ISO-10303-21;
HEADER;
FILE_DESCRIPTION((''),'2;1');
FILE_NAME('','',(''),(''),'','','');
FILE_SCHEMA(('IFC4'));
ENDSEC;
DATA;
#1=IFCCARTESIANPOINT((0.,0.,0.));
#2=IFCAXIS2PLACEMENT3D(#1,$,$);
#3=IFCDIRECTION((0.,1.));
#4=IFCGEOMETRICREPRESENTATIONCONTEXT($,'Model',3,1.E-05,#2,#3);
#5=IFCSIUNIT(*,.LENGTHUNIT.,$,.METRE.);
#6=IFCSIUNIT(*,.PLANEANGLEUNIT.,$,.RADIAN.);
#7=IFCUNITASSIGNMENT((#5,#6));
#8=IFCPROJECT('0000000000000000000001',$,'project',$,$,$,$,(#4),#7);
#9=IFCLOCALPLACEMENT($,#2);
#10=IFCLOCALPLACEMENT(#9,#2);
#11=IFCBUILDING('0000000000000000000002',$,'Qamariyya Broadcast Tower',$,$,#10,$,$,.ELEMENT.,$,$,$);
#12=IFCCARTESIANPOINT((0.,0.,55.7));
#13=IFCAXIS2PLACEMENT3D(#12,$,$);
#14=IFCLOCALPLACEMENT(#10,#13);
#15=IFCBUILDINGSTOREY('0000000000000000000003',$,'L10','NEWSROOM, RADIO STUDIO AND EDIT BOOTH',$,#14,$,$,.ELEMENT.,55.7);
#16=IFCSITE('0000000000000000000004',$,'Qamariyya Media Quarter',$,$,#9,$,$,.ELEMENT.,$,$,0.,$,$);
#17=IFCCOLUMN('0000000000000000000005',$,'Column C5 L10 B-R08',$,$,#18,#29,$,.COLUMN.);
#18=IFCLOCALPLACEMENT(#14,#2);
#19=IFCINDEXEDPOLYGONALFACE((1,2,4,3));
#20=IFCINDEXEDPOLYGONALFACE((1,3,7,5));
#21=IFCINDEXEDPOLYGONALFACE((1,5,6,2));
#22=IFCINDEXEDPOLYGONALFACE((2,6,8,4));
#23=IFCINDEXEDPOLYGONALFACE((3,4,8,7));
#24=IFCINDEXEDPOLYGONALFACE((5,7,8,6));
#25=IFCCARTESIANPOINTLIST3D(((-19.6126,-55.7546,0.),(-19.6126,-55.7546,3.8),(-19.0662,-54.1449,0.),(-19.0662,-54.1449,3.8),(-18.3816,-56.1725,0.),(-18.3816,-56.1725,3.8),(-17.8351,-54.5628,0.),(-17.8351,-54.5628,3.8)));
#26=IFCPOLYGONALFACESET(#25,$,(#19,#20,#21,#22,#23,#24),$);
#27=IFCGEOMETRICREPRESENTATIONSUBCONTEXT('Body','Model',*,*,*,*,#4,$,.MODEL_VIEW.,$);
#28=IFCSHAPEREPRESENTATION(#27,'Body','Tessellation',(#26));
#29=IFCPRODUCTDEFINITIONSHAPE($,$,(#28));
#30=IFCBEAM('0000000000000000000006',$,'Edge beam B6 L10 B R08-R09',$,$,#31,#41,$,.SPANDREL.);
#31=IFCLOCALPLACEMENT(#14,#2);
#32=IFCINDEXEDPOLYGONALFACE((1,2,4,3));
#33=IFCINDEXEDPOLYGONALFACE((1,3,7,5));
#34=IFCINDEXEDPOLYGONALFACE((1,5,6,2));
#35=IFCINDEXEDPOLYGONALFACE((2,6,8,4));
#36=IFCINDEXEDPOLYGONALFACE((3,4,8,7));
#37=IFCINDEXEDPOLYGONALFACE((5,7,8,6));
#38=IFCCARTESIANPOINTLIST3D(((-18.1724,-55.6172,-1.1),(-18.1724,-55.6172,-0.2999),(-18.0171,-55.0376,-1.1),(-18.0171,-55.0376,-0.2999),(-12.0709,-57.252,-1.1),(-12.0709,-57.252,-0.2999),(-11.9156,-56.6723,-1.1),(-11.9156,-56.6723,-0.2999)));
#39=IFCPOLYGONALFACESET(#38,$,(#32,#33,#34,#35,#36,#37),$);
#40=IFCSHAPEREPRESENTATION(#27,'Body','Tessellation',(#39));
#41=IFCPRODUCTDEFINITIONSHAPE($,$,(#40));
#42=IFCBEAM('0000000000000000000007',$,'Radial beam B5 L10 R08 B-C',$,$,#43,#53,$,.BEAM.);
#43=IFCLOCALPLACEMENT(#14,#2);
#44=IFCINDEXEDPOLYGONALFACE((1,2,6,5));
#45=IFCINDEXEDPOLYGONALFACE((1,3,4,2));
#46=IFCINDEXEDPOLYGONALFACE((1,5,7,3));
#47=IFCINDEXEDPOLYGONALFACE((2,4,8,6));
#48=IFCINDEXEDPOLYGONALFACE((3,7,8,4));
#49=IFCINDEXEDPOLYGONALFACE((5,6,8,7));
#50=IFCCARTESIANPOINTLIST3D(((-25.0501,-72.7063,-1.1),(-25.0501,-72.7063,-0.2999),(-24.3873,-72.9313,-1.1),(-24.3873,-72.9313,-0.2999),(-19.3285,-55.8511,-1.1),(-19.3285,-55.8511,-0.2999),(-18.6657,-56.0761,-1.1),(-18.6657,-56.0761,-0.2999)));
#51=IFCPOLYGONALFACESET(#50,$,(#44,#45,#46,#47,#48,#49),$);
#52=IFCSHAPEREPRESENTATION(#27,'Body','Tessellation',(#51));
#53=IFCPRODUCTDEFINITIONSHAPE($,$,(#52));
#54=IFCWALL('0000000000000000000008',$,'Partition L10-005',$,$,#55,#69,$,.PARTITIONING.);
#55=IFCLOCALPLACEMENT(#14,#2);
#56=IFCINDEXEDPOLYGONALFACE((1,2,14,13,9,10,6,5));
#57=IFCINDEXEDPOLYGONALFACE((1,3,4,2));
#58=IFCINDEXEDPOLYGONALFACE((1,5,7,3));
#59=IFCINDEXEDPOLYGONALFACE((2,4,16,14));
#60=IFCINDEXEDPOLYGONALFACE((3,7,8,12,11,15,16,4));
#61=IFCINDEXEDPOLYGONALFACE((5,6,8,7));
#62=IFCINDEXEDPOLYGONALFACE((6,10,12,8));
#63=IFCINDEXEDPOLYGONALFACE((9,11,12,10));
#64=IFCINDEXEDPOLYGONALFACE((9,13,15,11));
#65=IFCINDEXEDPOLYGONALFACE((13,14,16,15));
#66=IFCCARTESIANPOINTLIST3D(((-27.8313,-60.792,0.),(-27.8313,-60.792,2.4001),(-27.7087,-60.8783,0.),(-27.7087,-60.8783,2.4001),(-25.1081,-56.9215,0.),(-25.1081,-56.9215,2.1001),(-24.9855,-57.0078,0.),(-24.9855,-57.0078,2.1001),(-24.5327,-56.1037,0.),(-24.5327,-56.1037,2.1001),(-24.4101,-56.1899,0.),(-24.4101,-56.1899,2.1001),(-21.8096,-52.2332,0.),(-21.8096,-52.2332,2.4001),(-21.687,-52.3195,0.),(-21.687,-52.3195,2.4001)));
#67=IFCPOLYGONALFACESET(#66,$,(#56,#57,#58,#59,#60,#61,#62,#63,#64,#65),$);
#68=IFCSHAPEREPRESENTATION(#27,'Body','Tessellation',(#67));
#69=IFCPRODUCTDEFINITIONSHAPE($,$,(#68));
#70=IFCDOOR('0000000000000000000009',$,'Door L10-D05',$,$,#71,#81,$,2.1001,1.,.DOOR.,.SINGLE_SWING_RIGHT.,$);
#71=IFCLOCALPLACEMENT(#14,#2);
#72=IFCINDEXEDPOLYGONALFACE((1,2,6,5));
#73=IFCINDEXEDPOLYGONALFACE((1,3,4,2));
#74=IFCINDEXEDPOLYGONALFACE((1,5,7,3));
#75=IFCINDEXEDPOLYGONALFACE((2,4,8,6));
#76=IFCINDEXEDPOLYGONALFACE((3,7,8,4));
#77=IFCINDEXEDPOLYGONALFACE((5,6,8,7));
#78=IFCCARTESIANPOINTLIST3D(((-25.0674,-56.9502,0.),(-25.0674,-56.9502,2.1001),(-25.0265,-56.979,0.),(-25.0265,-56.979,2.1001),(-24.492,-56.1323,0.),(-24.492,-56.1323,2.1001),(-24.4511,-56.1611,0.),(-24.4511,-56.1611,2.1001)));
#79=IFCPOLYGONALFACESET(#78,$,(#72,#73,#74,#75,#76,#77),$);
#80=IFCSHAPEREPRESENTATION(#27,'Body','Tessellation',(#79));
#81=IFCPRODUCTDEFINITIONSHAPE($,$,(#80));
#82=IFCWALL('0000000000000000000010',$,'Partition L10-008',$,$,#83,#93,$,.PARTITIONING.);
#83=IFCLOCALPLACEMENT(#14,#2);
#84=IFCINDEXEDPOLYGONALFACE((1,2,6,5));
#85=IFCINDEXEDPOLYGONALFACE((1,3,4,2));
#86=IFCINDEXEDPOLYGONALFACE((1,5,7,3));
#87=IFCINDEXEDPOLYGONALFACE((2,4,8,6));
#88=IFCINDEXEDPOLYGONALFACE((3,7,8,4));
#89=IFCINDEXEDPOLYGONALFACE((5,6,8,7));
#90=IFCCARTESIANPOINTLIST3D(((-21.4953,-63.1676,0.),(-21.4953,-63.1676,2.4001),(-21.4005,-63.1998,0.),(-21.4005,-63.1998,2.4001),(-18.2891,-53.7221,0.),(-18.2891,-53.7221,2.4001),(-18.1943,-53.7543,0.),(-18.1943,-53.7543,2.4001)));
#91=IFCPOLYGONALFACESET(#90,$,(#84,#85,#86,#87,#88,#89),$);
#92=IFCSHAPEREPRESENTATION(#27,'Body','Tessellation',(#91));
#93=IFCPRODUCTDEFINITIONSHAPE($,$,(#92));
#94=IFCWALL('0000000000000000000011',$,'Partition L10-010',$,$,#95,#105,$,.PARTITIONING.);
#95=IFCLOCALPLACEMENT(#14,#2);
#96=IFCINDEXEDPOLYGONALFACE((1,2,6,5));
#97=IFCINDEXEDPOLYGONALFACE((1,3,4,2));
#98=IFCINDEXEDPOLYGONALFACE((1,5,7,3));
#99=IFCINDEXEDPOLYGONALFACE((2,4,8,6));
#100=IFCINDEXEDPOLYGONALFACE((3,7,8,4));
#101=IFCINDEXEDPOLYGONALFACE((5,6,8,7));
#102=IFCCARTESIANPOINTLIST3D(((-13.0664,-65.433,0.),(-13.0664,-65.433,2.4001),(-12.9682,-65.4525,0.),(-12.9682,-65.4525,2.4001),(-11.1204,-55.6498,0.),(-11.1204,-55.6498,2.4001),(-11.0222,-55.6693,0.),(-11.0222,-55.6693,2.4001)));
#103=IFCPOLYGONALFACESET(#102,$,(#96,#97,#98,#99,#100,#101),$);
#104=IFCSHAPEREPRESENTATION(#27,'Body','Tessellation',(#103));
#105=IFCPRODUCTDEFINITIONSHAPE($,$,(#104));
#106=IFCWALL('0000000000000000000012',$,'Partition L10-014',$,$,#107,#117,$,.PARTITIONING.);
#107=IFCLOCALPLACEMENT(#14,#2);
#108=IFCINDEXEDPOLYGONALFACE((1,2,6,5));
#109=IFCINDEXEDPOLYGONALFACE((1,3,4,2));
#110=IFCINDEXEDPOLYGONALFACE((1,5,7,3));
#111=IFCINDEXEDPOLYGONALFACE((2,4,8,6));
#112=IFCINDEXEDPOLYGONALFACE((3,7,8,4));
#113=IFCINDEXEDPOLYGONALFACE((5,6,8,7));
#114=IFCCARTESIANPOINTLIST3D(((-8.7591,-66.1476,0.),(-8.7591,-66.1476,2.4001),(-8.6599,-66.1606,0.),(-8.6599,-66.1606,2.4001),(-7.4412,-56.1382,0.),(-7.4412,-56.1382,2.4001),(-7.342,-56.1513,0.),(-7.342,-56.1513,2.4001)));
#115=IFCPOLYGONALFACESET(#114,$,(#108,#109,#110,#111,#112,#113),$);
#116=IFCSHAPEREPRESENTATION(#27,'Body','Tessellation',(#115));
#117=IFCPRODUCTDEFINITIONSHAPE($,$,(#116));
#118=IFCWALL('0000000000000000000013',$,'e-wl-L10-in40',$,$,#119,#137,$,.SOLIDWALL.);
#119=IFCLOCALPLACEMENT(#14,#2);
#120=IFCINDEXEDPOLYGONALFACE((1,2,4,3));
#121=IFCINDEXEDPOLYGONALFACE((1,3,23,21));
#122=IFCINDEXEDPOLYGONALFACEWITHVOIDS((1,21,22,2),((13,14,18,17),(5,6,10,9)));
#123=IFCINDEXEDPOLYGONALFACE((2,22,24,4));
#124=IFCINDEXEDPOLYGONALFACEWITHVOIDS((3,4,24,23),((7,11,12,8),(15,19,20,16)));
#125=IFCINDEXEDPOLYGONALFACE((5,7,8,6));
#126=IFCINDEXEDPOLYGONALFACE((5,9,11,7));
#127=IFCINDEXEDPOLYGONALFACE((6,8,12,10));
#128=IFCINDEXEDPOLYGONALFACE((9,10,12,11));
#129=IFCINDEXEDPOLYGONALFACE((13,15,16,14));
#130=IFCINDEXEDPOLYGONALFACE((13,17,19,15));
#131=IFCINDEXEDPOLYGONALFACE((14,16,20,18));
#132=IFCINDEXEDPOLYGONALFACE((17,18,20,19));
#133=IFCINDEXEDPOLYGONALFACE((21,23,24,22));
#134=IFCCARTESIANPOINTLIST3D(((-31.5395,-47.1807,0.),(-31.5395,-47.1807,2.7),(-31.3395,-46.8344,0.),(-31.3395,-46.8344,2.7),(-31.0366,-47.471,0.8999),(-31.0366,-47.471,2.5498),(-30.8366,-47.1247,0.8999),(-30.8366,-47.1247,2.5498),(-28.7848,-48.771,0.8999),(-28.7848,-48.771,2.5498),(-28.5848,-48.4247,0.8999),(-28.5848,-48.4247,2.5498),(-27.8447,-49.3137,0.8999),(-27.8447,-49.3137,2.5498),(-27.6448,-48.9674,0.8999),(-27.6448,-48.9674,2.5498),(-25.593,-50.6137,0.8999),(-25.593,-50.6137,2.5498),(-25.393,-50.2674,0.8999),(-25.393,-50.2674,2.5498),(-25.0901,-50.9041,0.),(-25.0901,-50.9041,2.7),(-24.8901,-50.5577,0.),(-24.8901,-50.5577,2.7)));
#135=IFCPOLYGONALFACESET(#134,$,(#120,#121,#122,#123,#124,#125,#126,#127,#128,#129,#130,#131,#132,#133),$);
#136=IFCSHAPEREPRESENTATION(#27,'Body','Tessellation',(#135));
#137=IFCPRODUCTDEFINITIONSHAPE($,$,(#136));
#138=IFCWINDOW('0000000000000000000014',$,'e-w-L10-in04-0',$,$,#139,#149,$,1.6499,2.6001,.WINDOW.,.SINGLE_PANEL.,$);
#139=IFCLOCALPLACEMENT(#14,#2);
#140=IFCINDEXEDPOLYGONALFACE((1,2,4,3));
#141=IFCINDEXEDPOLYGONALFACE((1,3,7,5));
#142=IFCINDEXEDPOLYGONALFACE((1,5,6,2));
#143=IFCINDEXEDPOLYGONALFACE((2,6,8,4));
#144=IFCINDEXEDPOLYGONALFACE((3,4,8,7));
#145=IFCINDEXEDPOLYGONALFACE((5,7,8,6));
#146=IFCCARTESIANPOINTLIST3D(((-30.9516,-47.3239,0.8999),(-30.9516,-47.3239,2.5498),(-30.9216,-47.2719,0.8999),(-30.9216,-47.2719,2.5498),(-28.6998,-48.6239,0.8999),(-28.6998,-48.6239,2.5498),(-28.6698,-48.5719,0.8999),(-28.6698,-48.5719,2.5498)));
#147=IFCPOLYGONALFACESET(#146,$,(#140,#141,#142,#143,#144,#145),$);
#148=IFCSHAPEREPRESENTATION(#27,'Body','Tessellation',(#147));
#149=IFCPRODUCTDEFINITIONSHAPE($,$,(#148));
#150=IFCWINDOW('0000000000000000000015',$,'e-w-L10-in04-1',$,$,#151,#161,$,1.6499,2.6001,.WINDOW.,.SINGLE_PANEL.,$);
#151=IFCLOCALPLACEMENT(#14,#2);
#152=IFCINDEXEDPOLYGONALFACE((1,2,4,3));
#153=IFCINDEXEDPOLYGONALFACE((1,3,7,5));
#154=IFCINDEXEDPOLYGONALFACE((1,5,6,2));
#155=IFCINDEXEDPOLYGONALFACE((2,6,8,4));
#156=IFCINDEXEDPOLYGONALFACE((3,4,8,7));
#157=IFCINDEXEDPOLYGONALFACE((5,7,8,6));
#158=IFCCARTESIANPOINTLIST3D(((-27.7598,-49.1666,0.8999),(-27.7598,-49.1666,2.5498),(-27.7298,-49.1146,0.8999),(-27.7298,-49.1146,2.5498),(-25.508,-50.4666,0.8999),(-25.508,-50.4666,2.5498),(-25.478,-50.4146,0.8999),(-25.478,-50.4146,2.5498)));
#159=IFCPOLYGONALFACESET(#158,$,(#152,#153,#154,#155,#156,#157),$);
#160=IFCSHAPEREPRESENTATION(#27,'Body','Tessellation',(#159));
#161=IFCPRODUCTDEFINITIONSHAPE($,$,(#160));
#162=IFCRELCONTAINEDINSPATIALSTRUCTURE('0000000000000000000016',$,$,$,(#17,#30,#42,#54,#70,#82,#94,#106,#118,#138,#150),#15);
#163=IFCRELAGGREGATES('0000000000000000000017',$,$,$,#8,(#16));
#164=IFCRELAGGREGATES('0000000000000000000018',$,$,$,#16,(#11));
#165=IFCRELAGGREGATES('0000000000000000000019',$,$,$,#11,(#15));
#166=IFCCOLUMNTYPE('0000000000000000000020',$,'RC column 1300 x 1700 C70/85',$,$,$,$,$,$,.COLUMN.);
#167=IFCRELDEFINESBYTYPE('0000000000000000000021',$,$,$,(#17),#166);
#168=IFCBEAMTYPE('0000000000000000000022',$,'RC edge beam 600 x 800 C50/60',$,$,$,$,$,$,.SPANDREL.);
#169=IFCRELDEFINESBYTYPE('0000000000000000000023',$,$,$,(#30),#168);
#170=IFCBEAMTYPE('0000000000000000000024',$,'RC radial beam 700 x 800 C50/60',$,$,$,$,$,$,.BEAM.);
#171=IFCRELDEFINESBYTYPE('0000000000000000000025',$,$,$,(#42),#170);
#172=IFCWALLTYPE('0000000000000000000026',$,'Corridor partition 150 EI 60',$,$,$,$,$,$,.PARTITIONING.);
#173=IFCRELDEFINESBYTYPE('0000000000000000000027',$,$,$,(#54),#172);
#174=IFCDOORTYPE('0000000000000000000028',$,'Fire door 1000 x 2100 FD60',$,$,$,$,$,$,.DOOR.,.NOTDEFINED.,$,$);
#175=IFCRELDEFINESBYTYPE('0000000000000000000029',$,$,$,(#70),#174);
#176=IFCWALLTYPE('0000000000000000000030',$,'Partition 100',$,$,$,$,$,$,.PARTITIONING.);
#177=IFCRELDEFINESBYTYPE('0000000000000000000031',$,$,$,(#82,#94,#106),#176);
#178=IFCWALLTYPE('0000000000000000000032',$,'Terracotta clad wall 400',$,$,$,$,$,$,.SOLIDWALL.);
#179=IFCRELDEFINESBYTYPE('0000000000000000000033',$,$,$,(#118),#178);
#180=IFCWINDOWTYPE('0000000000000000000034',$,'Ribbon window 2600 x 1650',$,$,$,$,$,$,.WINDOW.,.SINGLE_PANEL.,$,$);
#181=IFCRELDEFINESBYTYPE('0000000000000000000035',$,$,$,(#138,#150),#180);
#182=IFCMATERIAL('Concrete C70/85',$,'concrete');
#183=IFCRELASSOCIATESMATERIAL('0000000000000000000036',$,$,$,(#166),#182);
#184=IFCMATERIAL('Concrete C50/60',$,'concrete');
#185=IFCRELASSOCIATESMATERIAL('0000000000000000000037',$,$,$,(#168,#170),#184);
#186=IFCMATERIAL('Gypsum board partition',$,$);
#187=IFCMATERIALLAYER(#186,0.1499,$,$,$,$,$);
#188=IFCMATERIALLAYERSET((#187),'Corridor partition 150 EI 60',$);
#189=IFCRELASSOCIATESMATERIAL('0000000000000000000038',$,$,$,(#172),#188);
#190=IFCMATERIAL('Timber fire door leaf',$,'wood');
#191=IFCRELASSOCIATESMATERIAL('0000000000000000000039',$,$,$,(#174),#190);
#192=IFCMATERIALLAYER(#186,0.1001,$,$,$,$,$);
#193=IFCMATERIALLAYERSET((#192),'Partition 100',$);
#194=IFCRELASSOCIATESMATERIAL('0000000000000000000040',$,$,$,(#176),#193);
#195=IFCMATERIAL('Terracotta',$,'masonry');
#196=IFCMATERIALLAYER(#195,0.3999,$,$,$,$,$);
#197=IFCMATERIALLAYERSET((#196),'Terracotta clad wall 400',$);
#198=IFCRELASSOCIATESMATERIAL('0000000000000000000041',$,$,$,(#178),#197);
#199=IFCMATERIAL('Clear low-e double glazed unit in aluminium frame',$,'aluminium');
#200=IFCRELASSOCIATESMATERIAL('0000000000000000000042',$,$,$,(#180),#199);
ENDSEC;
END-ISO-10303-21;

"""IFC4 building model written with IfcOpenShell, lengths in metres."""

from ifc_helpers import new_model, si_unit, direction, frame, frame_2d, origin, origin_2d, place, context, subcontext, project, spatial, rectangle, extrude, material, layer, layer_set, material_profile, profile_set, type_object, element, fill, save


model = new_model("IFC4")

# Units and contexts
model_context = context("Model", 3, precision=1e-05, world=origin(), true_north=direction((0.0, 1.0)))
body_context = subcontext(model_context, "Body", "Model", "MODEL_VIEW")
ifc_project = project(units=[si_unit("LENGTHUNIT", "METRE"), si_unit("PLANEANGLEUNIT", "RADIAN")], contexts=[model_context])

# Site, building, storey
site_placement = place(None, origin())
site = spatial("IfcSite", under=ifc_project, at=site_placement, Name="Qamariyya Media Quarter", CompositionType="ELEMENT", RefElevation=0.0)
building_placement = place(site_placement, origin())
building = spatial("IfcBuilding", under=site, at=building_placement, Name="Qamariyya Broadcast Tower", CompositionType="ELEMENT")
storey_placement = place(building_placement, frame((0.0, 0.0, 55.7)))
storey = spatial("IfcBuildingStorey", under=building, at=storey_placement, Name="L10", Description="NEWSROOM, RADIO STUDIO AND EDIT BOOTH", CompositionType="ELEMENT", Elevation=55.7)

# Column
ifc_material_1 = material(Name="Concrete C70/85", Category="concrete")
ifc_material_profile_1 = material_profile(ifc_material_1, rectangle(XDim=1.3, YDim=1.7, at=origin_2d()))
ifc_profile_set_1 = profile_set([ifc_material_profile_1], Name="Concrete C70/85")
column_type = type_object("IfcColumnType", Name="RC column 1300 x 1700 C70/85", PredefinedType="COLUMN", material=ifc_profile_set_1)
column_placement = place(storey_placement, frame((-18.7239, -55.1587, 0.0), z_axis=(0.0, 0.0, 1.0), x_axis=(0.94693, -0.321439, 0.0)))
element("IfcColumn", 1, at=column_placement, inside=storey, type_object=column_type, Name="Column C5 L10 B-R08", PredefinedType="COLUMN", context=body_context, shape_type="SweptSolid", body=[
    extrude(rectangle(XDim=1.3, YDim=1.7, at=origin_2d()), origin(), (0.0, 0.0, 1.0), 3.8),
])

# Beams
ifc_material_2 = material(Name="Concrete C50/60", Category="concrete")
ifc_material_profile_2 = material_profile(ifc_material_2, rectangle(XDim=0.6001, YDim=0.8, at=origin_2d()))
ifc_profile_set_2 = profile_set([ifc_material_profile_2], Name="Concrete C50/60")
beam_type_1 = type_object("IfcBeamType", Name="RC edge beam 600 x 800 C50/60", PredefinedType="SPANDREL", material=ifc_profile_set_2)
beam_1_placement = place(storey_placement, frame((-18.0947, -55.3274, -0.7), z_axis=(0.965931, -0.258798, 0.0), x_axis=(0.258798, 0.965931, 0.0)))
element("IfcBeam", 2, at=beam_1_placement, inside=storey, type_object=beam_type_1, Name="Edge beam B6 L10 B R08-R09", PredefinedType="SPANDREL", context=body_context, shape_type="SweptSolid", body=[
    extrude(rectangle(XDim=0.6001, YDim=0.8, at=origin_2d()), origin(), (0.0, 0.0, 1.0), 6.3167),
])
ifc_material_profile_3 = material_profile(ifc_material_2, rectangle(XDim=0.7, YDim=0.8, at=origin_2d()))
ifc_profile_set_3 = profile_set([ifc_material_profile_3], Name="Concrete C50/60")
beam_type_2 = type_object("IfcBeamType", Name="RC radial beam 700 x 800 C50/60", PredefinedType="BEAM", material=ifc_profile_set_3)
beam_2_placement = place(storey_placement, frame((-18.9971, -55.9636, -0.7), z_axis=(-0.321445, -0.946928, 0.0), x_axis=(0.946928, -0.321445, 0.0)))
element("IfcBeam", 3, at=beam_2_placement, inside=storey, type_object=beam_type_2, Name="Radial beam B5 L10 R08 B-C", PredefinedType="BEAM", context=body_context, shape_type="SweptSolid", body=[
    extrude(rectangle(XDim=0.7, YDim=0.8, at=origin_2d()), origin(), (0.0, 0.0, 1.0), 17.7998),
])

# Wall, opening, door
ifc_material_3 = material(Name="Gypsum board partition")
ifc_layer_1 = layer(ifc_material_3, 0.1499)
ifc_layer_set_1 = layer_set([ifc_layer_1], Name="Corridor partition 150 EI 60")
wall_type_1 = type_object("IfcWallType", Name="Corridor partition 150 EI 60", PredefinedType="PARTITIONING", material=ifc_layer_set_1)
wall_1_placement = place(storey_placement, frame((-21.7483, -52.2764, 0.0), z_axis=(0.0, 0.0, 1.0), x_axis=(-0.575419, -0.817858, 0.0)))
wall_1 = element("IfcWall", 4, at=wall_1_placement, inside=storey, type_object=wall_type_1, Name="Partition L10-005", PredefinedType="PARTITIONING", context=body_context, shape_type="SweptSolid", body=[
    extrude(rectangle(XDim=10.4648, YDim=0.1499, at=frame_2d((5.2324, 0.0))), origin(), (0.0, 0.0, 1.0), 2.4001),
])
opening_1_placement = place(wall_1_placement, frame((4.7324, 0.0, 0.0)))
opening_1 = element("IfcOpeningElement", 5, at=opening_1_placement, cuts=wall_1, PredefinedType="OPENING", context=body_context, shape_type="SweptSolid", body=[
    extrude(rectangle(XDim=1.0, YDim=2.1001, at=frame_2d((0.5, 1.05))), frame((0.0, 0.085, 0.0), z_axis=(0.0, -1.0, 0.0), x_axis=(1.0, 0.0, 0.0)), (0.0, 0.0, 1.0), 0.1699),
])
ifc_material_4 = material(Name="Timber fire door leaf", Category="wood")
door_type = type_object("IfcDoorType", Name="Fire door 1000 x 2100 FD60", OperationType="NOTDEFINED", PredefinedType="DOOR", material=ifc_material_4)
door_placement = place(opening_1_placement, origin())
door = element("IfcDoor", 6, at=door_placement, inside=storey, type_object=door_type, Name="Door L10-D05", OperationType="SINGLE_SWING_RIGHT", OverallHeight=2.1001, OverallWidth=1.0, PredefinedType="DOOR", context=body_context, shape_type="SweptSolid", body=[
    extrude(rectangle(XDim=1.0, YDim=2.1001, at=frame_2d((0.5, 1.05))), frame((0.0, 0.0249, 0.0), z_axis=(0.0, -1.0, 0.0), x_axis=(1.0, 0.0, 0.0)), (0.0, 0.0, 1.0), 0.05),
])
fill(opening_1, door)

# Walls
ifc_layer_2 = layer(ifc_material_3, 0.1001)
ifc_layer_set_2 = layer_set([ifc_layer_2], Name="Partition 100")
wall_type_2 = type_object("IfcWallType", Name="Partition 100", PredefinedType="PARTITIONING", material=ifc_layer_set_2)
for number, where, z_axis, x_axis, name in (
    (7, (-18.2417, -53.7383, 0.0), (0.0, 0.0, 1.0), (-0.321436, -0.946931, 0.0), "Partition L10-008"),
    (8, (-11.0713, -55.6597, 0.0), (0.0, 0.0, 1.0), (-0.195095, -0.980784, 0.0), "Partition L10-010"),
):
    element("IfcWall", number, at=place(storey_placement, frame(where, z_axis=z_axis, x_axis=x_axis)), inside=storey, type_object=wall_type_2, Name=name, PredefinedType="PARTITIONING", context=body_context, shape_type="SweptSolid", body=[
        extrude(rectangle(XDim=9.9749, YDim=0.1001, at=frame_2d((4.9873, 0.0))), origin(), (0.0, 0.0, 1.0), 2.4001),
    ])
wall_2_placement = place(storey_placement, frame((-7.3916, -56.1448, 0.0), z_axis=(0.0, 0.0, 1.0), x_axis=(-0.130538, -0.991443, 0.0)))
element("IfcWall", 9, at=wall_2_placement, inside=storey, type_object=wall_type_2, Name="Partition L10-014", PredefinedType="PARTITIONING", context=body_context, shape_type="SweptSolid", body=[
    extrude(rectangle(XDim=10.0957, YDim=0.1001, at=frame_2d((5.0479, 0.0))), origin(), (0.0, 0.0, 1.0), 2.4001),
])

# Wall, openings, windows
ifc_material_5 = material(Name="Terracotta", Category="masonry")
ifc_layer_3 = layer(ifc_material_5, 0.3999)
ifc_layer_set_3 = layer_set([ifc_layer_3], Name="Terracotta clad wall 400")
wall_type_3 = type_object("IfcWallType", Name="Terracotta clad wall 400", PredefinedType="SOLIDWALL", material=ifc_layer_set_3)
wall_3_placement = place(storey_placement, frame((-24.99, -50.731, 0.0), z_axis=(0.0, 0.0, 1.0), x_axis=(-0.866038, 0.499979, 0.0)))
wall_3 = element("IfcWall", 10, at=wall_3_placement, inside=storey, type_object=wall_type_3, Name="e-wl-L10-in40", PredefinedType="SOLIDWALL", context=body_context, shape_type="SweptSolid", body=[
    extrude(rectangle(XDim=7.447, YDim=0.3999, at=frame_2d((3.7236, 0.0))), origin(), (0.0, 0.0, 1.0), 2.7),
])
opening_2_placement = place(wall_3_placement, frame((4.2664, 0.0, 0.8999)))
opening_2 = element("IfcOpeningElement", 11, at=opening_2_placement, cuts=wall_3, PredefinedType="OPENING", context=body_context, shape_type="SweptSolid", body=[
    extrude(rectangle(XDim=2.6001, YDim=1.6499, at=frame_2d((1.3, 0.825))), frame((0.0, 0.21, 0.0), z_axis=(0.0, -1.0, 0.0), x_axis=(1.0, 0.0, 0.0)), (0.0, 0.0, 1.0), 0.4199),
])
opening_3_placement = place(wall_3_placement, frame((0.5808, 0.0, 0.8999)))
opening_3 = element("IfcOpeningElement", 12, at=opening_3_placement, cuts=wall_3, PredefinedType="OPENING", context=body_context, shape_type="SweptSolid", body=[
    extrude(rectangle(XDim=2.6001, YDim=1.6499, at=frame_2d((1.3, 0.825))), frame((0.0, 0.21, 0.0), z_axis=(0.0, -1.0, 0.0), x_axis=(1.0, 0.0, 0.0)), (0.0, 0.0, 1.0), 0.4199),
])
ifc_material_6 = material(Name="Clear low-e double glazed unit in aluminium frame", Category="aluminium")
window_type = type_object("IfcWindowType", Name="Ribbon window 2600 x 1650", PartitioningType="SINGLE_PANEL", PredefinedType="WINDOW", material=ifc_material_6)
window_1_placement = place(opening_2_placement, origin())
window_1 = element("IfcWindow", 13, at=window_1_placement, inside=storey, type_object=window_type, Name="e-w-L10-in04-0", OverallHeight=1.6499, OverallWidth=2.6001, PartitioningType="SINGLE_PANEL", PredefinedType="WINDOW", context=body_context, shape_type="SweptSolid", body=[
    extrude(rectangle(XDim=2.6001, YDim=1.6499, at=frame_2d((1.3, 0.825))), frame((0.0, 0.03, 0.0), z_axis=(0.0, -1.0, 0.0), x_axis=(1.0, 0.0, 0.0)), (0.0, 0.0, 1.0), 0.0601),
])
fill(opening_2, window_1)
window_2_placement = place(opening_3_placement, origin())
window_2 = element("IfcWindow", 14, at=window_2_placement, inside=storey, type_object=window_type, Name="e-w-L10-in04-1", OverallHeight=1.6499, OverallWidth=2.6001, PartitioningType="SINGLE_PANEL", PredefinedType="WINDOW", context=body_context, shape_type="SweptSolid", body=[
    extrude(rectangle(XDim=2.6001, YDim=1.6499, at=frame_2d((1.3, 0.825))), frame((0.0, 0.03, 0.0), z_axis=(0.0, -1.0, 0.0), x_axis=(1.0, 0.0, 0.0)), (0.0, 0.0, 1.0), 0.0601),
])
fill(opening_3, window_2)

save(model, "model.ifc")
